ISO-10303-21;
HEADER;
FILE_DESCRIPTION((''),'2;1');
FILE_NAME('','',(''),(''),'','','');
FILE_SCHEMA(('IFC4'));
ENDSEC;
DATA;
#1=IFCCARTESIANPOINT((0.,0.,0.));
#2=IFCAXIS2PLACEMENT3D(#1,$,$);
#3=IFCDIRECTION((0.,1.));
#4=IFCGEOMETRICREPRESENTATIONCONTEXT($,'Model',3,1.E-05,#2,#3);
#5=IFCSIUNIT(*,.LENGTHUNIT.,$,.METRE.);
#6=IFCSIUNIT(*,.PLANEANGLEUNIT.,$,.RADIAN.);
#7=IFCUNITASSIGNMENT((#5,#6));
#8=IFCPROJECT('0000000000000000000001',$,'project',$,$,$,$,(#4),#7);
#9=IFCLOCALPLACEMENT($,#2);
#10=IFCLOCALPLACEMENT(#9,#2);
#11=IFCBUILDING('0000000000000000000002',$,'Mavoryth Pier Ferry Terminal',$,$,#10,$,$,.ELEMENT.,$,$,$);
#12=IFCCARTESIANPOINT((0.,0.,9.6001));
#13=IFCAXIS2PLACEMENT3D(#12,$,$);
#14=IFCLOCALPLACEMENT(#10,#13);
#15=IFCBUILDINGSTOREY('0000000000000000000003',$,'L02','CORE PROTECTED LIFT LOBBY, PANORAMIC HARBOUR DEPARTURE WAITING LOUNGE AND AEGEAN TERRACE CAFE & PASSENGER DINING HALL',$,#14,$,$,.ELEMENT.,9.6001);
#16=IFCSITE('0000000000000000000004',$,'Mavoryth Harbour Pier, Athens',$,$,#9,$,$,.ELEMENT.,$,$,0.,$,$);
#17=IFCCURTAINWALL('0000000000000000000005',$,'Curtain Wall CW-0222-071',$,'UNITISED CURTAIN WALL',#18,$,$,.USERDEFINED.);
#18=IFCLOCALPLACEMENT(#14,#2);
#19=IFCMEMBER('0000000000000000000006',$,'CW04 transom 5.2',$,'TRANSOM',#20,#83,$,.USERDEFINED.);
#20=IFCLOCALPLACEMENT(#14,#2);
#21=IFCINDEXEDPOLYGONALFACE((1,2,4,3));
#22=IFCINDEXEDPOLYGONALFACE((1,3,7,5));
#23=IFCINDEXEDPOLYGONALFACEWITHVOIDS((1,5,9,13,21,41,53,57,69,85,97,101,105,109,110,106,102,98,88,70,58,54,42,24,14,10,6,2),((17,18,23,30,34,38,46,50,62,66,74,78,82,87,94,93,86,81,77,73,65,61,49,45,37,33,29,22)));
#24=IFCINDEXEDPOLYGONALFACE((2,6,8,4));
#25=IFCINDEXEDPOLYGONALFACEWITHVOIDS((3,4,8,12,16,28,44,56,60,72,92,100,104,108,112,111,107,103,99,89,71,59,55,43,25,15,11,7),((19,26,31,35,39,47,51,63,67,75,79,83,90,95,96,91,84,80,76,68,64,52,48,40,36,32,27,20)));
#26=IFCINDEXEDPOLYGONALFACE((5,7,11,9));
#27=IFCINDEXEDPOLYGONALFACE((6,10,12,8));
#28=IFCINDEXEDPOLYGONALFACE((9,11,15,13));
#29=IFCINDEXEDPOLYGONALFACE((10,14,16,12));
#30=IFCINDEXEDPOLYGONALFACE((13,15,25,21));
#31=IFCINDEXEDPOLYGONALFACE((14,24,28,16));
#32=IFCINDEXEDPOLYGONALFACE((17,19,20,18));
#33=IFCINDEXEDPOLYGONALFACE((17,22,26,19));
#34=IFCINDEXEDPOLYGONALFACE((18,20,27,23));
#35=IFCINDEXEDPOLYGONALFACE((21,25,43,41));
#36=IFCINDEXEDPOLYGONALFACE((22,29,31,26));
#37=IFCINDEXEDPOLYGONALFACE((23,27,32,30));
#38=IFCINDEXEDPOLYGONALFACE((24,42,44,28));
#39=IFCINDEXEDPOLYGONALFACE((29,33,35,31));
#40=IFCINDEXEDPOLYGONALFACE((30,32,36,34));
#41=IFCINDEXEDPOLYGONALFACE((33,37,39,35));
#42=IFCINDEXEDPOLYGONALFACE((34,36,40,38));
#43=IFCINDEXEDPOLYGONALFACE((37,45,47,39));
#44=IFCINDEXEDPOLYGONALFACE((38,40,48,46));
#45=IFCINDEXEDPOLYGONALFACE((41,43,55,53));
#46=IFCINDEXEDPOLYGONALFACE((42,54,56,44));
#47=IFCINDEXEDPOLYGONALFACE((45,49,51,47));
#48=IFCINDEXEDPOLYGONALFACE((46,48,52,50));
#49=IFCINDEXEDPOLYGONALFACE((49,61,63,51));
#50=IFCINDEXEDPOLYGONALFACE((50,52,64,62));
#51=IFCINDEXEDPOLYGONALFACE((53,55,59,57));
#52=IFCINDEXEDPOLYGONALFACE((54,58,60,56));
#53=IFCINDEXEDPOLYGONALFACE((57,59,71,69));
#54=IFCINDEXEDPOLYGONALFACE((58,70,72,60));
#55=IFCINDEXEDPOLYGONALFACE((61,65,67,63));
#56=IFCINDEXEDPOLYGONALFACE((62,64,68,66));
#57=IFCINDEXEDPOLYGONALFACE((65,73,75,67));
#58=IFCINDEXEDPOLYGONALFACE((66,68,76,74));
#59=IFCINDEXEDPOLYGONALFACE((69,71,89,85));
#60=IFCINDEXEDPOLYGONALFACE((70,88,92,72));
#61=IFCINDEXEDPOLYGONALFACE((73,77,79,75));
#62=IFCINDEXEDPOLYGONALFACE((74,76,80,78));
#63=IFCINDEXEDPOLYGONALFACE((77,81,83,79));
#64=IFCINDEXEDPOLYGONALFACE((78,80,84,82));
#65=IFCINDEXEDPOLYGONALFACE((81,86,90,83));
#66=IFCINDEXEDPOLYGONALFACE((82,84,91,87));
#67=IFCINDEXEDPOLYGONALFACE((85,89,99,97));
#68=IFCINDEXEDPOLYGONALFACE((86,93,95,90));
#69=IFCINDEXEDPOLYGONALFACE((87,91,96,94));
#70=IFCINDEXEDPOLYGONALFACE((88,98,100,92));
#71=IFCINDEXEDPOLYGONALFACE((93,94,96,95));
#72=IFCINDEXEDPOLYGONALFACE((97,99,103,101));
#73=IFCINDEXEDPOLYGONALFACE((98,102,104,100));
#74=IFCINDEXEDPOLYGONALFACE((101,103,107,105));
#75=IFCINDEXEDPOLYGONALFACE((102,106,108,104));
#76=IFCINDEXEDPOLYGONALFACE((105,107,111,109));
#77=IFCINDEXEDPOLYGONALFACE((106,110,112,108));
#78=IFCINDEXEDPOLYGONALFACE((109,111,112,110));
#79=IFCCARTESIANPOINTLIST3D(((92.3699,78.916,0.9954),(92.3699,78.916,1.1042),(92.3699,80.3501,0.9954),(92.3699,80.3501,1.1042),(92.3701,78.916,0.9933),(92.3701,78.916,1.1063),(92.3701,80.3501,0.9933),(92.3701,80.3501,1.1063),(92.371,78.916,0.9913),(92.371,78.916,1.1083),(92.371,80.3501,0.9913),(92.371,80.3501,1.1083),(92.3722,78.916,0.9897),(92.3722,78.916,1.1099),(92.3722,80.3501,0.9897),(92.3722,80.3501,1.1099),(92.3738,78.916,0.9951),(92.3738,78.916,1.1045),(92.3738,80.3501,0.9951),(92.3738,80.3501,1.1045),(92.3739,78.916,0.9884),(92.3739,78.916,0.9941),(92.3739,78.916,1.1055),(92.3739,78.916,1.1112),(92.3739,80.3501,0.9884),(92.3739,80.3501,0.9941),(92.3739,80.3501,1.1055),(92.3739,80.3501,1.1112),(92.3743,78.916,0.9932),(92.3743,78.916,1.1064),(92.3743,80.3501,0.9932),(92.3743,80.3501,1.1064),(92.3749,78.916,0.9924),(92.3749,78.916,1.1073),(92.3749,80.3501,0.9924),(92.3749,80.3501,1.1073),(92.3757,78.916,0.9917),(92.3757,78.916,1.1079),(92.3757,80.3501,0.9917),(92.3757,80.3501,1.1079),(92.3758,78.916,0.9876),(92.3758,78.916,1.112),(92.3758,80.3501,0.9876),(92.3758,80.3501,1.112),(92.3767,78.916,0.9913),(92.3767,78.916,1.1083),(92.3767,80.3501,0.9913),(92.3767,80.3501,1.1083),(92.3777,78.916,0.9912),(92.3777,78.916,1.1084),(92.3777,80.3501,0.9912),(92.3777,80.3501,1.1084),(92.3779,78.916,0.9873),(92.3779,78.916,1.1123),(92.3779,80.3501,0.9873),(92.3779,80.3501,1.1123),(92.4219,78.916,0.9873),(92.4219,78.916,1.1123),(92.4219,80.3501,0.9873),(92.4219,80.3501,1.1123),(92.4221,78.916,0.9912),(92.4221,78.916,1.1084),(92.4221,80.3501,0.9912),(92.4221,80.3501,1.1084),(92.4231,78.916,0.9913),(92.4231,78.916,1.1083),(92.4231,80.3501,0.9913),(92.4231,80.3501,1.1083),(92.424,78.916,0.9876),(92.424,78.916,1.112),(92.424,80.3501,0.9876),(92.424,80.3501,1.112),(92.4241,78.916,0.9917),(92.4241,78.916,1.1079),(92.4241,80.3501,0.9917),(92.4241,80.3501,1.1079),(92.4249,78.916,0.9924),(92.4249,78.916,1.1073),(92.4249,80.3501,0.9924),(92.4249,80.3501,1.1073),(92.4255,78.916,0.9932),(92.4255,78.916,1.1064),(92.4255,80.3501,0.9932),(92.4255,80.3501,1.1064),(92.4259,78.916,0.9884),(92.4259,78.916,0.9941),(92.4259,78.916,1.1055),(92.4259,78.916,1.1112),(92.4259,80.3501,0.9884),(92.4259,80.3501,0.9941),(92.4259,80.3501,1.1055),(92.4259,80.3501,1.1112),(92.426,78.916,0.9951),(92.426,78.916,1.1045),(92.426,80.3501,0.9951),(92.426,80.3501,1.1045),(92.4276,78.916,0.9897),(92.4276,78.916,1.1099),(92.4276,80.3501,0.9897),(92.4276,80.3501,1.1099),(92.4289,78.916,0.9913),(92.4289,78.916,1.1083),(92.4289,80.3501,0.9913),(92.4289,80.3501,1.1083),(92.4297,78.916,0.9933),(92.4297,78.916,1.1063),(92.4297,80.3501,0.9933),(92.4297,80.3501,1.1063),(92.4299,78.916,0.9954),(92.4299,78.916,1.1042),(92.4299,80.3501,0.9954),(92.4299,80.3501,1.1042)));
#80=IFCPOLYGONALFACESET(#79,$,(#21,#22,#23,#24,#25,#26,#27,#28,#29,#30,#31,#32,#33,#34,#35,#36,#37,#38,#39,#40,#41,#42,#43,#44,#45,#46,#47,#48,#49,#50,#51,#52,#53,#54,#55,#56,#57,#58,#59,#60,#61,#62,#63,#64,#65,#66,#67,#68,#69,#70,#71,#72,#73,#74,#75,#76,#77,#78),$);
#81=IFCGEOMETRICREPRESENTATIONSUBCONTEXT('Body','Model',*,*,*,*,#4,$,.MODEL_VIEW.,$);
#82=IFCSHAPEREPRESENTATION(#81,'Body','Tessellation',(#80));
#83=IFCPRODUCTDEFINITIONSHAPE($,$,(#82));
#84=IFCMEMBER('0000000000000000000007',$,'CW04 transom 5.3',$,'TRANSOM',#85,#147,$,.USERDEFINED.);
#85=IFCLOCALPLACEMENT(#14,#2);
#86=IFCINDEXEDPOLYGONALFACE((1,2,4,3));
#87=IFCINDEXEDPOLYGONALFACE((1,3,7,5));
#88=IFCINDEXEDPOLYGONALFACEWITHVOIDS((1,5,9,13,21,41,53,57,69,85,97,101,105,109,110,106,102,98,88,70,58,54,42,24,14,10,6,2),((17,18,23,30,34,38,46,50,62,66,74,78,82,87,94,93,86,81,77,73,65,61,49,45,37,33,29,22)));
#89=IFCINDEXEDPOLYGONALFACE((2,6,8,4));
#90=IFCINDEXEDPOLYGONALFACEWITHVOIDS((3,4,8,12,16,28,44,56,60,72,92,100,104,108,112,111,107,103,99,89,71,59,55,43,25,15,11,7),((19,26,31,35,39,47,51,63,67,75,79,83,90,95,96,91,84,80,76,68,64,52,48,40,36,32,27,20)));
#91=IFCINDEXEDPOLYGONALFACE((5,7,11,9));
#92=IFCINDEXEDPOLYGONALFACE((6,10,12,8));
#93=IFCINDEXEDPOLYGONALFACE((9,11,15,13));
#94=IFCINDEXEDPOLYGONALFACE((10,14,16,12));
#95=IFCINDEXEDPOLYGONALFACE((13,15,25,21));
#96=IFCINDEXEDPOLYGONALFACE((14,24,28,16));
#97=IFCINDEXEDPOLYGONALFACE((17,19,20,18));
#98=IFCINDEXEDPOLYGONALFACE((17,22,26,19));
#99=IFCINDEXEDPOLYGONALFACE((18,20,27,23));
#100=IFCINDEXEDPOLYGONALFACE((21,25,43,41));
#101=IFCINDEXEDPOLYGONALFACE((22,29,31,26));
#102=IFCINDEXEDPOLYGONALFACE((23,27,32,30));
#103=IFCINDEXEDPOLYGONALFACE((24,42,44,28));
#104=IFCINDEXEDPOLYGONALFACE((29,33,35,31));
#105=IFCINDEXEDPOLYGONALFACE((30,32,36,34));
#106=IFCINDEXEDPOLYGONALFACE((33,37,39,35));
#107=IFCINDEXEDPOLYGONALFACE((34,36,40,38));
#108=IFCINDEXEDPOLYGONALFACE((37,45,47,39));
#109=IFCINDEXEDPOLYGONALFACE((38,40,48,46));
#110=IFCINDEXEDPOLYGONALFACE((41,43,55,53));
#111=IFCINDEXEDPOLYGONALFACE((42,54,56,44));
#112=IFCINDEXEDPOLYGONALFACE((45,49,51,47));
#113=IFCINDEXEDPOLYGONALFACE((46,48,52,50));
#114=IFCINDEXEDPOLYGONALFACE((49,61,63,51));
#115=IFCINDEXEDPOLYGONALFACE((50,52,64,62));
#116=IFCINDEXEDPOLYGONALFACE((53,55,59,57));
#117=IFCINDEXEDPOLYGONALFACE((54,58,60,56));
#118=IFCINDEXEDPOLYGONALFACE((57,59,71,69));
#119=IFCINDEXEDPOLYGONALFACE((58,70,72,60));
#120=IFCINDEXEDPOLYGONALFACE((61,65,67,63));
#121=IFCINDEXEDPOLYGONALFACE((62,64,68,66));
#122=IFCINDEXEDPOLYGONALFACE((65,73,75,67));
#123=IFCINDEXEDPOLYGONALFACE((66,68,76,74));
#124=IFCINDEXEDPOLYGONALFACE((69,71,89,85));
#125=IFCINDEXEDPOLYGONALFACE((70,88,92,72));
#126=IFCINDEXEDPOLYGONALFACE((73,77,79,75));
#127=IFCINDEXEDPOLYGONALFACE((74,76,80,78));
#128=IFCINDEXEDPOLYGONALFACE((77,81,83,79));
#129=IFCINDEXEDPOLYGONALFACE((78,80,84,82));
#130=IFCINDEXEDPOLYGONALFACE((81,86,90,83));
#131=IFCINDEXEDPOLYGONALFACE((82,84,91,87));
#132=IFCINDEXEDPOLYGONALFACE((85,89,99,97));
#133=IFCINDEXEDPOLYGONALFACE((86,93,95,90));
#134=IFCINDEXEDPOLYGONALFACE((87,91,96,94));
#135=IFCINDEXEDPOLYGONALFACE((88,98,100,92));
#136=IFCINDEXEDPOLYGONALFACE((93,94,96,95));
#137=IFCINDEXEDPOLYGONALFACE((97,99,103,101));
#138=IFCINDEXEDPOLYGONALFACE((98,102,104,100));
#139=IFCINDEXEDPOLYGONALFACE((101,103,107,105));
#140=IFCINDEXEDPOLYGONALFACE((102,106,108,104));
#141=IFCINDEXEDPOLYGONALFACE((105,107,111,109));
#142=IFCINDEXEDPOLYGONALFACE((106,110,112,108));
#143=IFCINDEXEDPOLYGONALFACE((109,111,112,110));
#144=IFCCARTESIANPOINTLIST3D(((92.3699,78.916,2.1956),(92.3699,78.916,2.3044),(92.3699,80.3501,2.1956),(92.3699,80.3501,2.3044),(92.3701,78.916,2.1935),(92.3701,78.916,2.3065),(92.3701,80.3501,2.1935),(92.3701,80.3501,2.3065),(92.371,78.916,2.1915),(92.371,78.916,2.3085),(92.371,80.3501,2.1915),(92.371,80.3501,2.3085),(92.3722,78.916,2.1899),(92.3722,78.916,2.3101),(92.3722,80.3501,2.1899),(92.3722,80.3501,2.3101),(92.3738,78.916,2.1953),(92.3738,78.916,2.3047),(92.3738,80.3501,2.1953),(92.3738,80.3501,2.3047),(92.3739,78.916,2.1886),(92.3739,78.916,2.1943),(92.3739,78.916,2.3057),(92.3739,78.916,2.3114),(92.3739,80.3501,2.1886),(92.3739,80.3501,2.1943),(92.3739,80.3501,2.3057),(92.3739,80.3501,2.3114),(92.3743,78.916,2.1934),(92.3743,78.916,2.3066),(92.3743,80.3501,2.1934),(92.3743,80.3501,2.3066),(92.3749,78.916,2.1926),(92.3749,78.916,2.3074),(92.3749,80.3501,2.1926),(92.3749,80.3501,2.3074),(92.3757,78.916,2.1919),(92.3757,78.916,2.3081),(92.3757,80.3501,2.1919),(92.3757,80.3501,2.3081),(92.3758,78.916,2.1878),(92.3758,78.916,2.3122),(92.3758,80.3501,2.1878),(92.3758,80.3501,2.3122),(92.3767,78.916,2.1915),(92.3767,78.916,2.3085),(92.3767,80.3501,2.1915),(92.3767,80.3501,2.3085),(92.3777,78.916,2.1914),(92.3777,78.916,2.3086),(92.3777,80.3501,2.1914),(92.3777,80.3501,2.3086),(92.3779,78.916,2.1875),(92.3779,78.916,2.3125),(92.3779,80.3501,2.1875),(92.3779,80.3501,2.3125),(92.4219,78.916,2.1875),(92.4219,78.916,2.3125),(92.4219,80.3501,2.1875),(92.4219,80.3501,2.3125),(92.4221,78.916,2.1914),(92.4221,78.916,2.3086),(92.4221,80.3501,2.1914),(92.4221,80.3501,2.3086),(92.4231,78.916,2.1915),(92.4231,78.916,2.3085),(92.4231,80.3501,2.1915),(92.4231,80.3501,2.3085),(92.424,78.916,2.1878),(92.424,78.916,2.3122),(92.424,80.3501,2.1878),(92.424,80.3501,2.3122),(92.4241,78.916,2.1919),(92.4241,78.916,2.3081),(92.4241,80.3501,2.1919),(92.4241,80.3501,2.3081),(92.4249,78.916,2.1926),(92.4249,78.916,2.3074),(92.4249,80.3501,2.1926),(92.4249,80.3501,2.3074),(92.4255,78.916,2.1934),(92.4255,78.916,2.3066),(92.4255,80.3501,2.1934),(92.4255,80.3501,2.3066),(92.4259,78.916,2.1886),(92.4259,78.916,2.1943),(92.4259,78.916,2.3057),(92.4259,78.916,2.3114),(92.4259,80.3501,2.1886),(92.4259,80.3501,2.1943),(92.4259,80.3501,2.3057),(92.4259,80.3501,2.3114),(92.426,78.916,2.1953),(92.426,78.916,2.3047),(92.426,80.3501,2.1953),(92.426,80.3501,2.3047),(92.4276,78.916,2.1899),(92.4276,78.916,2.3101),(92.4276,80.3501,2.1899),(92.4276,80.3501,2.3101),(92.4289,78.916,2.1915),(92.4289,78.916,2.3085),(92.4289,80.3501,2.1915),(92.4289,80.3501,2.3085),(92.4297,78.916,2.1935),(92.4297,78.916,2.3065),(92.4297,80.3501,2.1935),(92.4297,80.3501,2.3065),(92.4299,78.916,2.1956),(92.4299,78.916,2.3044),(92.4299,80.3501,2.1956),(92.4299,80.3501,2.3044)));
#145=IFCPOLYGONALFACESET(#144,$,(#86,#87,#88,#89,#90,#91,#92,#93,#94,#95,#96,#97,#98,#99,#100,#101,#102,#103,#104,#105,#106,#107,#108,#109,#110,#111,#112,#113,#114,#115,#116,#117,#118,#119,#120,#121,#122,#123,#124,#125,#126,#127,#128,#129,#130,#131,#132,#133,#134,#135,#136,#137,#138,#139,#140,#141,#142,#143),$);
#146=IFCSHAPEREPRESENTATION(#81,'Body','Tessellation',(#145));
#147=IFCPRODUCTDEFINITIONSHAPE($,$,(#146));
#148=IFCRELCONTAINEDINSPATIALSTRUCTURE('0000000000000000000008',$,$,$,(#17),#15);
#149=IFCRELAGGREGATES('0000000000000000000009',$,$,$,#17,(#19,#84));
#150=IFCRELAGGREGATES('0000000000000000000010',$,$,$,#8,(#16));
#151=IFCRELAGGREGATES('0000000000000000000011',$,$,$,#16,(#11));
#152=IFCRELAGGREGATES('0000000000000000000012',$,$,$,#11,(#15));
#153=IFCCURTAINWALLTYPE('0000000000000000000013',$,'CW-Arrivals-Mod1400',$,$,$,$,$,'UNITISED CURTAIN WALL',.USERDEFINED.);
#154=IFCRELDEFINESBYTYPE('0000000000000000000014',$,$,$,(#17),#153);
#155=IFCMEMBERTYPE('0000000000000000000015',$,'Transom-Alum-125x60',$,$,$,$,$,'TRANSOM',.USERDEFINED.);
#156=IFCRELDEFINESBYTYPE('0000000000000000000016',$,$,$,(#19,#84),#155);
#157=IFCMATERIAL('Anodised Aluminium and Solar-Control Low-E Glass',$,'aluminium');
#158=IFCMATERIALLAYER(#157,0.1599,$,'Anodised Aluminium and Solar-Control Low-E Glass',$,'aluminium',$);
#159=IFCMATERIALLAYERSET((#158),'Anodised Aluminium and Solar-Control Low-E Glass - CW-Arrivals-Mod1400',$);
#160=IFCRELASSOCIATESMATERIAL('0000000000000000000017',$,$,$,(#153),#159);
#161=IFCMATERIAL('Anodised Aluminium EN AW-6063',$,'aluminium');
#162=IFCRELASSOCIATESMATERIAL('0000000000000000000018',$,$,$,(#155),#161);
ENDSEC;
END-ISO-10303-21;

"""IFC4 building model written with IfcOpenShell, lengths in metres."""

from ifc_helpers import new_model, si_unit, direction, frame, origin, origin_2d, place, context, subcontext, project, spatial, hollow_rectangle, extrude, material, layer, layer_set, material_profile, profile_set, type_object, element, aggregate, save


model = new_model("IFC4")

# Units and contexts
model_context = context("Model", 3, precision=1e-05, world=origin(), true_north=direction((0.0, 1.0)))
body_context = subcontext(model_context, "Body", "Model", "MODEL_VIEW")
ifc_project = project(units=[si_unit("LENGTHUNIT", "METRE"), si_unit("PLANEANGLEUNIT", "RADIAN")], contexts=[model_context])

# Site, building, storey
site_placement = place(None, origin())
site = spatial("IfcSite", under=ifc_project, at=site_placement, Name="Mavoryth Harbour Pier, Athens", CompositionType="ELEMENT", RefElevation=0.0)
building_placement = place(site_placement, origin())
building = spatial("IfcBuilding", under=site, at=building_placement, Name="Mavoryth Pier Ferry Terminal", CompositionType="ELEMENT")
storey_placement = place(building_placement, frame((0.0, 0.0, 9.6001)))
storey = spatial("IfcBuildingStorey", under=building, at=storey_placement, Name="L02", Description="CORE PROTECTED LIFT LOBBY, PANORAMIC HARBOUR DEPARTURE WAITING LOUNGE AND AEGEAN TERRACE CAFE & PASSENGER DINING HALL", CompositionType="ELEMENT", Elevation=9.6001)

# Curtain wall
ifc_material_1 = material(Name="Anodised Aluminium and Solar-Control Low-E Glass", Category="aluminium")
ifc_layer_1 = layer(ifc_material_1, 0.1599, Name="Anodised Aluminium and Solar-Control Low-E Glass", Category="aluminium")
ifc_layer_set_1 = layer_set([ifc_layer_1], Name="Anodised Aluminium and Solar-Control Low-E Glass - CW-Arrivals-Mod1400")
curtain_wall_type = type_object("IfcCurtainWallType", Name="CW-Arrivals-Mod1400", ElementType="UNITISED CURTAIN WALL", PredefinedType="USERDEFINED", material=ifc_layer_set_1)
curtain_wall_1_placement = place(storey_placement, origin())
curtain_wall_1 = element("IfcCurtainWall", 1, at=curtain_wall_1_placement, inside=storey, type_object=curtain_wall_type, Name="Curtain Wall CW-0222-071", ObjectType="UNITISED CURTAIN WALL", PredefinedType="USERDEFINED")
ifc_material_2 = material(Name="Anodised Aluminium EN AW-6063", Category="aluminium")

# Members
ifc_material_profile_1 = material_profile(ifc_material_2, hollow_rectangle(XDim=0.0601, YDim=0.125, WallThickness=0.0039, InnerFilletRadius=0.0039, OuterFilletRadius=0.0081, at=origin_2d()), Name="AL-TRAN 125x60x4", Category="aluminium")
ifc_profile_set_1 = profile_set([ifc_material_profile_1], Name="Anodised Aluminium EN AW-6063 - AL-TRAN 125x60x4")
member_type_1 = type_object("IfcMemberType", Name="Transom-Alum-125x60", ElementType="TRANSOM", PredefinedType="USERDEFINED", material=ifc_profile_set_1)
member_1_placement = place(storey_placement, frame((92.3999, 78.916, 1.0498), z_axis=(0.0, 1.0, 0.0), x_axis=(-1.0, 0.0, 0.0)))
member_1 = element("IfcMember", 2, at=member_1_placement, type_object=member_type_1, Name="CW04 transom 5.2", ObjectType="TRANSOM", PredefinedType="USERDEFINED", context=body_context, shape_type="SweptSolid", body=[
    extrude(hollow_rectangle(XDim=0.0601, YDim=0.125, WallThickness=0.0039, InnerFilletRadius=0.0039, OuterFilletRadius=0.0081, at=origin_2d()), origin(), (0.0, 0.0, 1.0), 1.4341),
])
member_2_placement = place(storey_placement, frame((92.3999, 78.916, 2.25), z_axis=(0.0, 1.0, 0.0), x_axis=(-1.0, 0.0, 0.0)))
member_2 = element("IfcMember", 3, at=member_2_placement, type_object=member_type_1, Name="CW04 transom 5.3", ObjectType="TRANSOM", PredefinedType="USERDEFINED", context=body_context, shape_type="SweptSolid", body=[
    extrude(hollow_rectangle(XDim=0.0601, YDim=0.125, WallThickness=0.0039, InnerFilletRadius=0.0039, OuterFilletRadius=0.0081, at=origin_2d()), origin(), (0.0, 0.0, 1.0), 1.4341),
])

aggregate(curtain_wall_1, [member_1, member_2])

save(model, "model.ifc")
